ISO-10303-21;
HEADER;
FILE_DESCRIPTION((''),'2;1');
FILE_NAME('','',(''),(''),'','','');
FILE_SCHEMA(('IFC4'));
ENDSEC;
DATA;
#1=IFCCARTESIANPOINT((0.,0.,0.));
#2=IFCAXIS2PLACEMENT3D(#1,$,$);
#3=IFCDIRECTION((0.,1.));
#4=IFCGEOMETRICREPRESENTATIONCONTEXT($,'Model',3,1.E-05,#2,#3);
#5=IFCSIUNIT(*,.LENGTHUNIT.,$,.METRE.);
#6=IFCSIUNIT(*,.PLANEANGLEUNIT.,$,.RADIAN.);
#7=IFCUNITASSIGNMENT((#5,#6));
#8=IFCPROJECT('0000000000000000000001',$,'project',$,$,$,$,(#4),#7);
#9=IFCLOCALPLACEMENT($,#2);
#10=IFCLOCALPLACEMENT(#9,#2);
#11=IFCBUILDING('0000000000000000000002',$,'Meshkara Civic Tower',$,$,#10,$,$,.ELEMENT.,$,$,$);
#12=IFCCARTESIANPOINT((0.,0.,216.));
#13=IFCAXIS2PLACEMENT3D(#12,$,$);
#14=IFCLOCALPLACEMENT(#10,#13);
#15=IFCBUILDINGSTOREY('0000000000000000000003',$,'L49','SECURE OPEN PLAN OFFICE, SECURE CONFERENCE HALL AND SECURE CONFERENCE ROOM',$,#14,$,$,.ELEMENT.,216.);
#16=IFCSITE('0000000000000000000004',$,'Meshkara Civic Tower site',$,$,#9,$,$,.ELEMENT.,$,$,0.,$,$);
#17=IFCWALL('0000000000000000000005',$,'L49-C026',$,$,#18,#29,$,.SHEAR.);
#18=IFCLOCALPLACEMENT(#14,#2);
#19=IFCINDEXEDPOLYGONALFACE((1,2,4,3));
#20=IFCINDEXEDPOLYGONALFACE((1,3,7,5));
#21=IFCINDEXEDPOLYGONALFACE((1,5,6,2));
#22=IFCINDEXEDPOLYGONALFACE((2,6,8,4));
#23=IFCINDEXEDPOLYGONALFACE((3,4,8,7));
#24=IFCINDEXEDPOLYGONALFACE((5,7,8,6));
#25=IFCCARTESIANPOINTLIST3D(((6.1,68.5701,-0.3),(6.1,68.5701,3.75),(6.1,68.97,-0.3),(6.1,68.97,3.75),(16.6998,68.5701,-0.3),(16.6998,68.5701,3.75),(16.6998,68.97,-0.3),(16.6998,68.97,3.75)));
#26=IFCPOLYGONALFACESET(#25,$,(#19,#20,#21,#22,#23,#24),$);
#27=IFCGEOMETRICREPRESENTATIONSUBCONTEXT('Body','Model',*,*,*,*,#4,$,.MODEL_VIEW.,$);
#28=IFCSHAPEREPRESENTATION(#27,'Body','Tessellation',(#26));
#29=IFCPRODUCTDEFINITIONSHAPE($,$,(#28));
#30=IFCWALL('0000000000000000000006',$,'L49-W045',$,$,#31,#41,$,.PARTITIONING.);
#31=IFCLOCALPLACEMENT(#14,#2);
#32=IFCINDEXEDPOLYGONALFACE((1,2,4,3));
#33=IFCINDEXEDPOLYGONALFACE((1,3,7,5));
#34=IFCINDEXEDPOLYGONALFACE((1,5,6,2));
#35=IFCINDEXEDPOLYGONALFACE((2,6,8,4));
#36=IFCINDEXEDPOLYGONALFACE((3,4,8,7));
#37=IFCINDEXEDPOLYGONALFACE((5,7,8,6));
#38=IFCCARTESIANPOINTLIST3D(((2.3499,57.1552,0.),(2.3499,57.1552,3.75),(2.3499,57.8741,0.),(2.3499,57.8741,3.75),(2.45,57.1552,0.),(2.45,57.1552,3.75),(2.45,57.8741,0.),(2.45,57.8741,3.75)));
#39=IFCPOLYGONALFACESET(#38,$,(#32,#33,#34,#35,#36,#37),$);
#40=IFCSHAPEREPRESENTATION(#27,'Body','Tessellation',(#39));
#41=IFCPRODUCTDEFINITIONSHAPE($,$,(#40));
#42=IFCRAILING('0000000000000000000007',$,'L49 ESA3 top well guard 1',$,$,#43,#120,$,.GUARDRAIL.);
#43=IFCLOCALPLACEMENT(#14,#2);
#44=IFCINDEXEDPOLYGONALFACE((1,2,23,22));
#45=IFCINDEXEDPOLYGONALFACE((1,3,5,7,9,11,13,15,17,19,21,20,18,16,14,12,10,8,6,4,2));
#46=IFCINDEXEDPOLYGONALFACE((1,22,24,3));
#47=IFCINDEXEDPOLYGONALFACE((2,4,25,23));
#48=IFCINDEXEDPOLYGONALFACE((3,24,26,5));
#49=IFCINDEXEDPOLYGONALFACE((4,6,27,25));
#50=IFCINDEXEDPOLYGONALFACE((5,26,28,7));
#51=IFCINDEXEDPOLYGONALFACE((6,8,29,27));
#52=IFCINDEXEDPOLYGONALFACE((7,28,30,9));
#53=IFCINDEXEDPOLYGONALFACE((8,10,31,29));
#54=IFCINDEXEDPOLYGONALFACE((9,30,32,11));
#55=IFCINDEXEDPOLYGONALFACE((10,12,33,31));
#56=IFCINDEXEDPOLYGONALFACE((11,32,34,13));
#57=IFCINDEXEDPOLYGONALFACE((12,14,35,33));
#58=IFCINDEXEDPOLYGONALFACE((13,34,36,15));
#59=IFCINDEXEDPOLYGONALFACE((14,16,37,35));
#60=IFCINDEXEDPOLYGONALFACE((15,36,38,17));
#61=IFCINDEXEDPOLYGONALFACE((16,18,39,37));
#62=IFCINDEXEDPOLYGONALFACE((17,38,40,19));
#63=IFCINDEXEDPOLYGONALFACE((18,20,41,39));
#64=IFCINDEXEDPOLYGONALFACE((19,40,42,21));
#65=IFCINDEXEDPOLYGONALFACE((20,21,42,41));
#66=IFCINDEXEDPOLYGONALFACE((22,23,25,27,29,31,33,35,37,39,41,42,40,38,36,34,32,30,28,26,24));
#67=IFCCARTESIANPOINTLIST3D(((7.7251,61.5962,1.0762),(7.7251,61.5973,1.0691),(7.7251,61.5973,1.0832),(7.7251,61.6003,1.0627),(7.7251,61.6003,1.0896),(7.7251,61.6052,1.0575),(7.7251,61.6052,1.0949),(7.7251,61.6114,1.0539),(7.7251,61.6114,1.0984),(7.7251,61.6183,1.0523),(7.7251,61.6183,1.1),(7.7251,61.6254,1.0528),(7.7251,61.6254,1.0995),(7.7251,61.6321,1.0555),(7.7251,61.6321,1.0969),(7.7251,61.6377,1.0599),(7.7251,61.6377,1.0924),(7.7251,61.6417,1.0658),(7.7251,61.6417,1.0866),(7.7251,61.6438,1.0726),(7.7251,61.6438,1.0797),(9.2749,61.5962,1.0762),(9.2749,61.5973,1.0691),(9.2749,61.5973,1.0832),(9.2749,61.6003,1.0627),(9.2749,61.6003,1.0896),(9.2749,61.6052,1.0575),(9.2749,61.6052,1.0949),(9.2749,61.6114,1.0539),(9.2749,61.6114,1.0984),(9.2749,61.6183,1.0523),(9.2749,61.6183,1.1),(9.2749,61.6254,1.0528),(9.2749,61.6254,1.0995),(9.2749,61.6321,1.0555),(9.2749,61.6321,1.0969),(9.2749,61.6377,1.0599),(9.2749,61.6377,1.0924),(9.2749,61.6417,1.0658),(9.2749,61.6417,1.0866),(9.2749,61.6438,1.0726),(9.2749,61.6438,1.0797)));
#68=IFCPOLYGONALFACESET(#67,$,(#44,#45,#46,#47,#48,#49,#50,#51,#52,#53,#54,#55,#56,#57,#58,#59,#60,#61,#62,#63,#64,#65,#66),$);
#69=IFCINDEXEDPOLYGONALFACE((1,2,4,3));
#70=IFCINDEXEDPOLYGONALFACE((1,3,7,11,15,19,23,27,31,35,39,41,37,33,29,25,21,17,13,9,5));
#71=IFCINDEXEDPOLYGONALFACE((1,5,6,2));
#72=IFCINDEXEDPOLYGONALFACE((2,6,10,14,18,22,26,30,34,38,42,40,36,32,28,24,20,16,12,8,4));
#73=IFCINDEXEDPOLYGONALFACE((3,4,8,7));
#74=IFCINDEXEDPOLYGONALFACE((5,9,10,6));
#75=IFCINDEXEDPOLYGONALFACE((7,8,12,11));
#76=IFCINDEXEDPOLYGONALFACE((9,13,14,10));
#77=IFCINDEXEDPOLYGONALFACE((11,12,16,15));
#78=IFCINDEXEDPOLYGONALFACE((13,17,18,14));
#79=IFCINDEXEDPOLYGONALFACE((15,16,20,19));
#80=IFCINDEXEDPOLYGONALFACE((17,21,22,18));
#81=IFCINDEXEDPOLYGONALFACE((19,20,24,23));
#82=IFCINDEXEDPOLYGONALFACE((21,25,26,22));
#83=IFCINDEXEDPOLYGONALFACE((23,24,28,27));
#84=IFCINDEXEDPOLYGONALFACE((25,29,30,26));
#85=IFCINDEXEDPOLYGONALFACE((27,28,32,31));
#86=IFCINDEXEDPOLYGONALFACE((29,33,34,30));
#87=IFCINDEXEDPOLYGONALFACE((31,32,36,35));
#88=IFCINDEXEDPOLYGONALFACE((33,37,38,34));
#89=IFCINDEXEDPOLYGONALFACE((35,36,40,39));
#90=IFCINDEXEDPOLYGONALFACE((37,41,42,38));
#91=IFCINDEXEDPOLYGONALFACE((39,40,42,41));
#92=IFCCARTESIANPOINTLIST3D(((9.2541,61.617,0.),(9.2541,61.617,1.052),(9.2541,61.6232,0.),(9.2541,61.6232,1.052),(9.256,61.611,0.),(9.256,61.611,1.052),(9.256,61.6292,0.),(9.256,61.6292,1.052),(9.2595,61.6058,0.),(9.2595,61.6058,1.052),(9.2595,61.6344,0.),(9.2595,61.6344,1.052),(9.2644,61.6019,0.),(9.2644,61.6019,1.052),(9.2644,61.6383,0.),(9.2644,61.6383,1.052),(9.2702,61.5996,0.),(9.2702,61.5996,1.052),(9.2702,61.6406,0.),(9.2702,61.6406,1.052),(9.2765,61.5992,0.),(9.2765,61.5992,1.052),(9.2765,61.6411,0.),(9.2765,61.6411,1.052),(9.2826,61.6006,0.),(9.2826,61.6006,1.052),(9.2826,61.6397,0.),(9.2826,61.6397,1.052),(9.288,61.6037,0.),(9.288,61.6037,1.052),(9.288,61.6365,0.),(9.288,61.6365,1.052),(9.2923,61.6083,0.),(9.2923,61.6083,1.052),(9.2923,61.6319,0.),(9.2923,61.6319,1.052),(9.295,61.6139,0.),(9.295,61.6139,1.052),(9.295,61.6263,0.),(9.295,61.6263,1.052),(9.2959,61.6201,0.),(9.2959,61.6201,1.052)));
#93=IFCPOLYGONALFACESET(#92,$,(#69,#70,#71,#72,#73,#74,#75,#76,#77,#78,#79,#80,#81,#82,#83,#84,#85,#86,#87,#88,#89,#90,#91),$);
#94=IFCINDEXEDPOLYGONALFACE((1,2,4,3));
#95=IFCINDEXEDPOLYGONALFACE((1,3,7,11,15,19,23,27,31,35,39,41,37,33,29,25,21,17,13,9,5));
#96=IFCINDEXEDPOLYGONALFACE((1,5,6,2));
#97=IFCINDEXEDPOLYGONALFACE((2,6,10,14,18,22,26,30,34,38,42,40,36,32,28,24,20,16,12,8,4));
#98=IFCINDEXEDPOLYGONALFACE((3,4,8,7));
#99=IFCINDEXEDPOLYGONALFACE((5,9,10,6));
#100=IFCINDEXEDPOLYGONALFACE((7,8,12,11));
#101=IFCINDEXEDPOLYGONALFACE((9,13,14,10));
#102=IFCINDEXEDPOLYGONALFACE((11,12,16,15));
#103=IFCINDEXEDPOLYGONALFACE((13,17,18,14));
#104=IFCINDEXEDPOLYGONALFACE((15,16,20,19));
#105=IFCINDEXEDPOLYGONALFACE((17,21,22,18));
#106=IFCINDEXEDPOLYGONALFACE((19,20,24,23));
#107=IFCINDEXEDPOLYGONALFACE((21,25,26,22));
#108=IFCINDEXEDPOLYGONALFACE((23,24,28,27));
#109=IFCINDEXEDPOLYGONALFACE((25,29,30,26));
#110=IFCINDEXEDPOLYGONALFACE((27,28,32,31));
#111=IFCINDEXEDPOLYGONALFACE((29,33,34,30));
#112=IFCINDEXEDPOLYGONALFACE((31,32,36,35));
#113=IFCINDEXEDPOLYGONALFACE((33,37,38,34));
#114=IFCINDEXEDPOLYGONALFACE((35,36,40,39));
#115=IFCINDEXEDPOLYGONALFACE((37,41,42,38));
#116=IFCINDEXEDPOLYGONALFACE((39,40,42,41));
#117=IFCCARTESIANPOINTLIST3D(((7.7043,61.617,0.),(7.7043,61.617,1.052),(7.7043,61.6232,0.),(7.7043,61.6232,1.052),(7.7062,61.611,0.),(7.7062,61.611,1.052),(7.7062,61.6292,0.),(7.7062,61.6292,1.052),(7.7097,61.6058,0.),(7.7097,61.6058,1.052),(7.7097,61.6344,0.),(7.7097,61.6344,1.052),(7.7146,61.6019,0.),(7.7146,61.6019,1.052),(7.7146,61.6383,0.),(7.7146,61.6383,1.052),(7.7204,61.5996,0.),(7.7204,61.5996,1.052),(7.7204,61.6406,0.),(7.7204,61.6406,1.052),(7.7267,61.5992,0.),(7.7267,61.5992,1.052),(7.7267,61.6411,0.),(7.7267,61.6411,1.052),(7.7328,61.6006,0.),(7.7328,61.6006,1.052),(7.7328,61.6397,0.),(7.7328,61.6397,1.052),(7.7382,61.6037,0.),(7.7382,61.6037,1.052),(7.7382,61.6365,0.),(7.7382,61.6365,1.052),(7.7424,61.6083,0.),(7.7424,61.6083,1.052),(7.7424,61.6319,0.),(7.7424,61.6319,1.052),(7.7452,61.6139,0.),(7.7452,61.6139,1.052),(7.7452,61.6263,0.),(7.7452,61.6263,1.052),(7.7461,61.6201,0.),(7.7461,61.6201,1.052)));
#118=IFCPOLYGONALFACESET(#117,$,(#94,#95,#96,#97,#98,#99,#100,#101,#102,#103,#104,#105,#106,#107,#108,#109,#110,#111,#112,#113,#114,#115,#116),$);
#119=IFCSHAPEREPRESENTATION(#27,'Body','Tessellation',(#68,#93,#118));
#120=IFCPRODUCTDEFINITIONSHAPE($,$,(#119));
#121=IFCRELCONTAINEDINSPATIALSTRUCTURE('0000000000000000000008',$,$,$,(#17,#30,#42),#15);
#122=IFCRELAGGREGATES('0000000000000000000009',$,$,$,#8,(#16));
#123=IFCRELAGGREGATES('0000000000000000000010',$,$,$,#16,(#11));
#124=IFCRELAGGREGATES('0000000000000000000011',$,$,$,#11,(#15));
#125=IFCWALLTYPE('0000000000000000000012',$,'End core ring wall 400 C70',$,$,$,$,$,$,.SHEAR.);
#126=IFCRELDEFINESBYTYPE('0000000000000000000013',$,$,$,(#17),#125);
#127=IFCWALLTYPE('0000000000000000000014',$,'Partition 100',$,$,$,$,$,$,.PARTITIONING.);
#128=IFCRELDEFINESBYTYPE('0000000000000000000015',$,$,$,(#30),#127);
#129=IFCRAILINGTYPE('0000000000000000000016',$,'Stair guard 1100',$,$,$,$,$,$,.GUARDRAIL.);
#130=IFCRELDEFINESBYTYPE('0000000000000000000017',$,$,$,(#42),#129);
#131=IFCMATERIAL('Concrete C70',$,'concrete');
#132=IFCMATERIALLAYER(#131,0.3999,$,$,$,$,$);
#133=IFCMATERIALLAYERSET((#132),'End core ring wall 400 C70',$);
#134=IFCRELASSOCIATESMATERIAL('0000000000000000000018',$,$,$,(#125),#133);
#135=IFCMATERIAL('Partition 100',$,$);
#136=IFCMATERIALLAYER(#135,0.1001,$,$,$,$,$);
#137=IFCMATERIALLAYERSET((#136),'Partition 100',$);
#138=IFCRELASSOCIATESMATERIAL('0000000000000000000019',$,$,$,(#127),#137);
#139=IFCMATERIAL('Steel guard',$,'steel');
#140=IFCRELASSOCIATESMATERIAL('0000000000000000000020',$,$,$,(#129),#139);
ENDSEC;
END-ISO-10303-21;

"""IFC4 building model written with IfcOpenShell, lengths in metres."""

from ifc_helpers import new_model, si_unit, direction, frame, frame_2d, origin, origin_2d, place, context, subcontext, project, spatial, rectangle, circle, extrude, material, layer, layer_set, type_object, element, save


model = new_model("IFC4")

# Units and contexts
model_context = context("Model", 3, precision=1e-05, world=origin(), true_north=direction((0.0, 1.0)))
body_context = subcontext(model_context, "Body", "Model", "MODEL_VIEW")
ifc_project = project(units=[si_unit("LENGTHUNIT", "METRE"), si_unit("PLANEANGLEUNIT", "RADIAN")], contexts=[model_context])

# Site, building, storey
site_placement = place(None, origin())
site = spatial("IfcSite", under=ifc_project, at=site_placement, Name="Meshkara Civic Tower site", CompositionType="ELEMENT", RefElevation=0.0)
building_placement = place(site_placement, origin())
building = spatial("IfcBuilding", under=site, at=building_placement, Name="Meshkara Civic Tower", CompositionType="ELEMENT")
storey_placement = place(building_placement, frame((0.0, 0.0, 216.0)))
storey = spatial("IfcBuildingStorey", under=building, at=storey_placement, Name="L49", Description="SECURE OPEN PLAN OFFICE, SECURE CONFERENCE HALL AND SECURE CONFERENCE ROOM", CompositionType="ELEMENT", Elevation=216.0)

# Shared definitions
ifc_material_1 = material(Name="Concrete C70", Category="concrete")
ifc_layer_1 = layer(ifc_material_1, 0.3999)
ifc_layer_set_1 = layer_set([ifc_layer_1], Name="End core ring wall 400 C70")
wall_type_1 = type_object("IfcWallType", Name="End core ring wall 400 C70", PredefinedType="SHEAR", material=ifc_layer_set_1)

# Walls
wall_1_placement = place(storey_placement, frame((6.1001, 68.77, -0.3), z_axis=(0.0, 0.0, 1.0), x_axis=(1.0, 0.0, 0.0)))
element("IfcWall", 1, at=wall_1_placement, inside=storey, type_object=wall_type_1, Name="L49-C026", PredefinedType="SHEAR", context=body_context, shape_type="SweptSolid", body=[
    extrude(rectangle(XDim=10.5999, YDim=0.3999, at=frame_2d((5.2998, 0.0))), origin(), (0.0, 0.0, 1.0), 4.05),
])
ifc_material_2 = material(Name="Partition 100")
ifc_layer_2 = layer(ifc_material_2, 0.1001)
ifc_layer_set_2 = layer_set([ifc_layer_2], Name="Partition 100")
wall_type_2 = type_object("IfcWallType", Name="Partition 100", PredefinedType="PARTITIONING", material=ifc_layer_set_2)
wall_2_placement = place(storey_placement, frame((2.3999, 57.874, 0.0), z_axis=(0.0, 0.0, 1.0), x_axis=(0.0, -1.0, 0.0)))
element("IfcWall", 2, at=wall_2_placement, inside=storey, type_object=wall_type_2, Name="L49-W045", PredefinedType="PARTITIONING", context=body_context, shape_type="SweptSolid", body=[
    extrude(rectangle(XDim=0.719, YDim=0.1001, at=frame_2d((0.3594, 0.0))), origin(), (0.0, 0.0, 1.0), 3.75),
])

# Railing
ifc_material_3 = material(Name="Steel guard", Category="steel")
railing_type = type_object("IfcRailingType", Name="Stair guard 1100", PredefinedType="GUARDRAIL", material=ifc_material_3)
railing_placement = place(storey_placement, frame((9.2749, 61.6201, 0.0)))
element("IfcRailing", 3, at=railing_placement, inside=storey, type_object=railing_type, Name="L49 ESA3 top well guard 1", PredefinedType="GUARDRAIL", context=body_context, shape_type="SweptSolid", body=[
    extrude(circle(Radius=0.0239, at=origin_2d()), frame((0.0, 0.0, 1.0762), z_axis=(-1.0, 0.0, 0.0), x_axis=(0.0, -1.0, 0.0)), (0.0, 0.0, 1.0), 1.5498),
    extrude(circle(Radius=0.021, at=origin_2d()), origin(), (0.0, 0.0, 1.0), 1.052),
    extrude(circle(Radius=0.021, at=origin_2d()), frame((-1.5498, 0.0, 0.0)), (0.0, 0.0, 1.0), 1.052),
])

save(model, "model.ifc")
